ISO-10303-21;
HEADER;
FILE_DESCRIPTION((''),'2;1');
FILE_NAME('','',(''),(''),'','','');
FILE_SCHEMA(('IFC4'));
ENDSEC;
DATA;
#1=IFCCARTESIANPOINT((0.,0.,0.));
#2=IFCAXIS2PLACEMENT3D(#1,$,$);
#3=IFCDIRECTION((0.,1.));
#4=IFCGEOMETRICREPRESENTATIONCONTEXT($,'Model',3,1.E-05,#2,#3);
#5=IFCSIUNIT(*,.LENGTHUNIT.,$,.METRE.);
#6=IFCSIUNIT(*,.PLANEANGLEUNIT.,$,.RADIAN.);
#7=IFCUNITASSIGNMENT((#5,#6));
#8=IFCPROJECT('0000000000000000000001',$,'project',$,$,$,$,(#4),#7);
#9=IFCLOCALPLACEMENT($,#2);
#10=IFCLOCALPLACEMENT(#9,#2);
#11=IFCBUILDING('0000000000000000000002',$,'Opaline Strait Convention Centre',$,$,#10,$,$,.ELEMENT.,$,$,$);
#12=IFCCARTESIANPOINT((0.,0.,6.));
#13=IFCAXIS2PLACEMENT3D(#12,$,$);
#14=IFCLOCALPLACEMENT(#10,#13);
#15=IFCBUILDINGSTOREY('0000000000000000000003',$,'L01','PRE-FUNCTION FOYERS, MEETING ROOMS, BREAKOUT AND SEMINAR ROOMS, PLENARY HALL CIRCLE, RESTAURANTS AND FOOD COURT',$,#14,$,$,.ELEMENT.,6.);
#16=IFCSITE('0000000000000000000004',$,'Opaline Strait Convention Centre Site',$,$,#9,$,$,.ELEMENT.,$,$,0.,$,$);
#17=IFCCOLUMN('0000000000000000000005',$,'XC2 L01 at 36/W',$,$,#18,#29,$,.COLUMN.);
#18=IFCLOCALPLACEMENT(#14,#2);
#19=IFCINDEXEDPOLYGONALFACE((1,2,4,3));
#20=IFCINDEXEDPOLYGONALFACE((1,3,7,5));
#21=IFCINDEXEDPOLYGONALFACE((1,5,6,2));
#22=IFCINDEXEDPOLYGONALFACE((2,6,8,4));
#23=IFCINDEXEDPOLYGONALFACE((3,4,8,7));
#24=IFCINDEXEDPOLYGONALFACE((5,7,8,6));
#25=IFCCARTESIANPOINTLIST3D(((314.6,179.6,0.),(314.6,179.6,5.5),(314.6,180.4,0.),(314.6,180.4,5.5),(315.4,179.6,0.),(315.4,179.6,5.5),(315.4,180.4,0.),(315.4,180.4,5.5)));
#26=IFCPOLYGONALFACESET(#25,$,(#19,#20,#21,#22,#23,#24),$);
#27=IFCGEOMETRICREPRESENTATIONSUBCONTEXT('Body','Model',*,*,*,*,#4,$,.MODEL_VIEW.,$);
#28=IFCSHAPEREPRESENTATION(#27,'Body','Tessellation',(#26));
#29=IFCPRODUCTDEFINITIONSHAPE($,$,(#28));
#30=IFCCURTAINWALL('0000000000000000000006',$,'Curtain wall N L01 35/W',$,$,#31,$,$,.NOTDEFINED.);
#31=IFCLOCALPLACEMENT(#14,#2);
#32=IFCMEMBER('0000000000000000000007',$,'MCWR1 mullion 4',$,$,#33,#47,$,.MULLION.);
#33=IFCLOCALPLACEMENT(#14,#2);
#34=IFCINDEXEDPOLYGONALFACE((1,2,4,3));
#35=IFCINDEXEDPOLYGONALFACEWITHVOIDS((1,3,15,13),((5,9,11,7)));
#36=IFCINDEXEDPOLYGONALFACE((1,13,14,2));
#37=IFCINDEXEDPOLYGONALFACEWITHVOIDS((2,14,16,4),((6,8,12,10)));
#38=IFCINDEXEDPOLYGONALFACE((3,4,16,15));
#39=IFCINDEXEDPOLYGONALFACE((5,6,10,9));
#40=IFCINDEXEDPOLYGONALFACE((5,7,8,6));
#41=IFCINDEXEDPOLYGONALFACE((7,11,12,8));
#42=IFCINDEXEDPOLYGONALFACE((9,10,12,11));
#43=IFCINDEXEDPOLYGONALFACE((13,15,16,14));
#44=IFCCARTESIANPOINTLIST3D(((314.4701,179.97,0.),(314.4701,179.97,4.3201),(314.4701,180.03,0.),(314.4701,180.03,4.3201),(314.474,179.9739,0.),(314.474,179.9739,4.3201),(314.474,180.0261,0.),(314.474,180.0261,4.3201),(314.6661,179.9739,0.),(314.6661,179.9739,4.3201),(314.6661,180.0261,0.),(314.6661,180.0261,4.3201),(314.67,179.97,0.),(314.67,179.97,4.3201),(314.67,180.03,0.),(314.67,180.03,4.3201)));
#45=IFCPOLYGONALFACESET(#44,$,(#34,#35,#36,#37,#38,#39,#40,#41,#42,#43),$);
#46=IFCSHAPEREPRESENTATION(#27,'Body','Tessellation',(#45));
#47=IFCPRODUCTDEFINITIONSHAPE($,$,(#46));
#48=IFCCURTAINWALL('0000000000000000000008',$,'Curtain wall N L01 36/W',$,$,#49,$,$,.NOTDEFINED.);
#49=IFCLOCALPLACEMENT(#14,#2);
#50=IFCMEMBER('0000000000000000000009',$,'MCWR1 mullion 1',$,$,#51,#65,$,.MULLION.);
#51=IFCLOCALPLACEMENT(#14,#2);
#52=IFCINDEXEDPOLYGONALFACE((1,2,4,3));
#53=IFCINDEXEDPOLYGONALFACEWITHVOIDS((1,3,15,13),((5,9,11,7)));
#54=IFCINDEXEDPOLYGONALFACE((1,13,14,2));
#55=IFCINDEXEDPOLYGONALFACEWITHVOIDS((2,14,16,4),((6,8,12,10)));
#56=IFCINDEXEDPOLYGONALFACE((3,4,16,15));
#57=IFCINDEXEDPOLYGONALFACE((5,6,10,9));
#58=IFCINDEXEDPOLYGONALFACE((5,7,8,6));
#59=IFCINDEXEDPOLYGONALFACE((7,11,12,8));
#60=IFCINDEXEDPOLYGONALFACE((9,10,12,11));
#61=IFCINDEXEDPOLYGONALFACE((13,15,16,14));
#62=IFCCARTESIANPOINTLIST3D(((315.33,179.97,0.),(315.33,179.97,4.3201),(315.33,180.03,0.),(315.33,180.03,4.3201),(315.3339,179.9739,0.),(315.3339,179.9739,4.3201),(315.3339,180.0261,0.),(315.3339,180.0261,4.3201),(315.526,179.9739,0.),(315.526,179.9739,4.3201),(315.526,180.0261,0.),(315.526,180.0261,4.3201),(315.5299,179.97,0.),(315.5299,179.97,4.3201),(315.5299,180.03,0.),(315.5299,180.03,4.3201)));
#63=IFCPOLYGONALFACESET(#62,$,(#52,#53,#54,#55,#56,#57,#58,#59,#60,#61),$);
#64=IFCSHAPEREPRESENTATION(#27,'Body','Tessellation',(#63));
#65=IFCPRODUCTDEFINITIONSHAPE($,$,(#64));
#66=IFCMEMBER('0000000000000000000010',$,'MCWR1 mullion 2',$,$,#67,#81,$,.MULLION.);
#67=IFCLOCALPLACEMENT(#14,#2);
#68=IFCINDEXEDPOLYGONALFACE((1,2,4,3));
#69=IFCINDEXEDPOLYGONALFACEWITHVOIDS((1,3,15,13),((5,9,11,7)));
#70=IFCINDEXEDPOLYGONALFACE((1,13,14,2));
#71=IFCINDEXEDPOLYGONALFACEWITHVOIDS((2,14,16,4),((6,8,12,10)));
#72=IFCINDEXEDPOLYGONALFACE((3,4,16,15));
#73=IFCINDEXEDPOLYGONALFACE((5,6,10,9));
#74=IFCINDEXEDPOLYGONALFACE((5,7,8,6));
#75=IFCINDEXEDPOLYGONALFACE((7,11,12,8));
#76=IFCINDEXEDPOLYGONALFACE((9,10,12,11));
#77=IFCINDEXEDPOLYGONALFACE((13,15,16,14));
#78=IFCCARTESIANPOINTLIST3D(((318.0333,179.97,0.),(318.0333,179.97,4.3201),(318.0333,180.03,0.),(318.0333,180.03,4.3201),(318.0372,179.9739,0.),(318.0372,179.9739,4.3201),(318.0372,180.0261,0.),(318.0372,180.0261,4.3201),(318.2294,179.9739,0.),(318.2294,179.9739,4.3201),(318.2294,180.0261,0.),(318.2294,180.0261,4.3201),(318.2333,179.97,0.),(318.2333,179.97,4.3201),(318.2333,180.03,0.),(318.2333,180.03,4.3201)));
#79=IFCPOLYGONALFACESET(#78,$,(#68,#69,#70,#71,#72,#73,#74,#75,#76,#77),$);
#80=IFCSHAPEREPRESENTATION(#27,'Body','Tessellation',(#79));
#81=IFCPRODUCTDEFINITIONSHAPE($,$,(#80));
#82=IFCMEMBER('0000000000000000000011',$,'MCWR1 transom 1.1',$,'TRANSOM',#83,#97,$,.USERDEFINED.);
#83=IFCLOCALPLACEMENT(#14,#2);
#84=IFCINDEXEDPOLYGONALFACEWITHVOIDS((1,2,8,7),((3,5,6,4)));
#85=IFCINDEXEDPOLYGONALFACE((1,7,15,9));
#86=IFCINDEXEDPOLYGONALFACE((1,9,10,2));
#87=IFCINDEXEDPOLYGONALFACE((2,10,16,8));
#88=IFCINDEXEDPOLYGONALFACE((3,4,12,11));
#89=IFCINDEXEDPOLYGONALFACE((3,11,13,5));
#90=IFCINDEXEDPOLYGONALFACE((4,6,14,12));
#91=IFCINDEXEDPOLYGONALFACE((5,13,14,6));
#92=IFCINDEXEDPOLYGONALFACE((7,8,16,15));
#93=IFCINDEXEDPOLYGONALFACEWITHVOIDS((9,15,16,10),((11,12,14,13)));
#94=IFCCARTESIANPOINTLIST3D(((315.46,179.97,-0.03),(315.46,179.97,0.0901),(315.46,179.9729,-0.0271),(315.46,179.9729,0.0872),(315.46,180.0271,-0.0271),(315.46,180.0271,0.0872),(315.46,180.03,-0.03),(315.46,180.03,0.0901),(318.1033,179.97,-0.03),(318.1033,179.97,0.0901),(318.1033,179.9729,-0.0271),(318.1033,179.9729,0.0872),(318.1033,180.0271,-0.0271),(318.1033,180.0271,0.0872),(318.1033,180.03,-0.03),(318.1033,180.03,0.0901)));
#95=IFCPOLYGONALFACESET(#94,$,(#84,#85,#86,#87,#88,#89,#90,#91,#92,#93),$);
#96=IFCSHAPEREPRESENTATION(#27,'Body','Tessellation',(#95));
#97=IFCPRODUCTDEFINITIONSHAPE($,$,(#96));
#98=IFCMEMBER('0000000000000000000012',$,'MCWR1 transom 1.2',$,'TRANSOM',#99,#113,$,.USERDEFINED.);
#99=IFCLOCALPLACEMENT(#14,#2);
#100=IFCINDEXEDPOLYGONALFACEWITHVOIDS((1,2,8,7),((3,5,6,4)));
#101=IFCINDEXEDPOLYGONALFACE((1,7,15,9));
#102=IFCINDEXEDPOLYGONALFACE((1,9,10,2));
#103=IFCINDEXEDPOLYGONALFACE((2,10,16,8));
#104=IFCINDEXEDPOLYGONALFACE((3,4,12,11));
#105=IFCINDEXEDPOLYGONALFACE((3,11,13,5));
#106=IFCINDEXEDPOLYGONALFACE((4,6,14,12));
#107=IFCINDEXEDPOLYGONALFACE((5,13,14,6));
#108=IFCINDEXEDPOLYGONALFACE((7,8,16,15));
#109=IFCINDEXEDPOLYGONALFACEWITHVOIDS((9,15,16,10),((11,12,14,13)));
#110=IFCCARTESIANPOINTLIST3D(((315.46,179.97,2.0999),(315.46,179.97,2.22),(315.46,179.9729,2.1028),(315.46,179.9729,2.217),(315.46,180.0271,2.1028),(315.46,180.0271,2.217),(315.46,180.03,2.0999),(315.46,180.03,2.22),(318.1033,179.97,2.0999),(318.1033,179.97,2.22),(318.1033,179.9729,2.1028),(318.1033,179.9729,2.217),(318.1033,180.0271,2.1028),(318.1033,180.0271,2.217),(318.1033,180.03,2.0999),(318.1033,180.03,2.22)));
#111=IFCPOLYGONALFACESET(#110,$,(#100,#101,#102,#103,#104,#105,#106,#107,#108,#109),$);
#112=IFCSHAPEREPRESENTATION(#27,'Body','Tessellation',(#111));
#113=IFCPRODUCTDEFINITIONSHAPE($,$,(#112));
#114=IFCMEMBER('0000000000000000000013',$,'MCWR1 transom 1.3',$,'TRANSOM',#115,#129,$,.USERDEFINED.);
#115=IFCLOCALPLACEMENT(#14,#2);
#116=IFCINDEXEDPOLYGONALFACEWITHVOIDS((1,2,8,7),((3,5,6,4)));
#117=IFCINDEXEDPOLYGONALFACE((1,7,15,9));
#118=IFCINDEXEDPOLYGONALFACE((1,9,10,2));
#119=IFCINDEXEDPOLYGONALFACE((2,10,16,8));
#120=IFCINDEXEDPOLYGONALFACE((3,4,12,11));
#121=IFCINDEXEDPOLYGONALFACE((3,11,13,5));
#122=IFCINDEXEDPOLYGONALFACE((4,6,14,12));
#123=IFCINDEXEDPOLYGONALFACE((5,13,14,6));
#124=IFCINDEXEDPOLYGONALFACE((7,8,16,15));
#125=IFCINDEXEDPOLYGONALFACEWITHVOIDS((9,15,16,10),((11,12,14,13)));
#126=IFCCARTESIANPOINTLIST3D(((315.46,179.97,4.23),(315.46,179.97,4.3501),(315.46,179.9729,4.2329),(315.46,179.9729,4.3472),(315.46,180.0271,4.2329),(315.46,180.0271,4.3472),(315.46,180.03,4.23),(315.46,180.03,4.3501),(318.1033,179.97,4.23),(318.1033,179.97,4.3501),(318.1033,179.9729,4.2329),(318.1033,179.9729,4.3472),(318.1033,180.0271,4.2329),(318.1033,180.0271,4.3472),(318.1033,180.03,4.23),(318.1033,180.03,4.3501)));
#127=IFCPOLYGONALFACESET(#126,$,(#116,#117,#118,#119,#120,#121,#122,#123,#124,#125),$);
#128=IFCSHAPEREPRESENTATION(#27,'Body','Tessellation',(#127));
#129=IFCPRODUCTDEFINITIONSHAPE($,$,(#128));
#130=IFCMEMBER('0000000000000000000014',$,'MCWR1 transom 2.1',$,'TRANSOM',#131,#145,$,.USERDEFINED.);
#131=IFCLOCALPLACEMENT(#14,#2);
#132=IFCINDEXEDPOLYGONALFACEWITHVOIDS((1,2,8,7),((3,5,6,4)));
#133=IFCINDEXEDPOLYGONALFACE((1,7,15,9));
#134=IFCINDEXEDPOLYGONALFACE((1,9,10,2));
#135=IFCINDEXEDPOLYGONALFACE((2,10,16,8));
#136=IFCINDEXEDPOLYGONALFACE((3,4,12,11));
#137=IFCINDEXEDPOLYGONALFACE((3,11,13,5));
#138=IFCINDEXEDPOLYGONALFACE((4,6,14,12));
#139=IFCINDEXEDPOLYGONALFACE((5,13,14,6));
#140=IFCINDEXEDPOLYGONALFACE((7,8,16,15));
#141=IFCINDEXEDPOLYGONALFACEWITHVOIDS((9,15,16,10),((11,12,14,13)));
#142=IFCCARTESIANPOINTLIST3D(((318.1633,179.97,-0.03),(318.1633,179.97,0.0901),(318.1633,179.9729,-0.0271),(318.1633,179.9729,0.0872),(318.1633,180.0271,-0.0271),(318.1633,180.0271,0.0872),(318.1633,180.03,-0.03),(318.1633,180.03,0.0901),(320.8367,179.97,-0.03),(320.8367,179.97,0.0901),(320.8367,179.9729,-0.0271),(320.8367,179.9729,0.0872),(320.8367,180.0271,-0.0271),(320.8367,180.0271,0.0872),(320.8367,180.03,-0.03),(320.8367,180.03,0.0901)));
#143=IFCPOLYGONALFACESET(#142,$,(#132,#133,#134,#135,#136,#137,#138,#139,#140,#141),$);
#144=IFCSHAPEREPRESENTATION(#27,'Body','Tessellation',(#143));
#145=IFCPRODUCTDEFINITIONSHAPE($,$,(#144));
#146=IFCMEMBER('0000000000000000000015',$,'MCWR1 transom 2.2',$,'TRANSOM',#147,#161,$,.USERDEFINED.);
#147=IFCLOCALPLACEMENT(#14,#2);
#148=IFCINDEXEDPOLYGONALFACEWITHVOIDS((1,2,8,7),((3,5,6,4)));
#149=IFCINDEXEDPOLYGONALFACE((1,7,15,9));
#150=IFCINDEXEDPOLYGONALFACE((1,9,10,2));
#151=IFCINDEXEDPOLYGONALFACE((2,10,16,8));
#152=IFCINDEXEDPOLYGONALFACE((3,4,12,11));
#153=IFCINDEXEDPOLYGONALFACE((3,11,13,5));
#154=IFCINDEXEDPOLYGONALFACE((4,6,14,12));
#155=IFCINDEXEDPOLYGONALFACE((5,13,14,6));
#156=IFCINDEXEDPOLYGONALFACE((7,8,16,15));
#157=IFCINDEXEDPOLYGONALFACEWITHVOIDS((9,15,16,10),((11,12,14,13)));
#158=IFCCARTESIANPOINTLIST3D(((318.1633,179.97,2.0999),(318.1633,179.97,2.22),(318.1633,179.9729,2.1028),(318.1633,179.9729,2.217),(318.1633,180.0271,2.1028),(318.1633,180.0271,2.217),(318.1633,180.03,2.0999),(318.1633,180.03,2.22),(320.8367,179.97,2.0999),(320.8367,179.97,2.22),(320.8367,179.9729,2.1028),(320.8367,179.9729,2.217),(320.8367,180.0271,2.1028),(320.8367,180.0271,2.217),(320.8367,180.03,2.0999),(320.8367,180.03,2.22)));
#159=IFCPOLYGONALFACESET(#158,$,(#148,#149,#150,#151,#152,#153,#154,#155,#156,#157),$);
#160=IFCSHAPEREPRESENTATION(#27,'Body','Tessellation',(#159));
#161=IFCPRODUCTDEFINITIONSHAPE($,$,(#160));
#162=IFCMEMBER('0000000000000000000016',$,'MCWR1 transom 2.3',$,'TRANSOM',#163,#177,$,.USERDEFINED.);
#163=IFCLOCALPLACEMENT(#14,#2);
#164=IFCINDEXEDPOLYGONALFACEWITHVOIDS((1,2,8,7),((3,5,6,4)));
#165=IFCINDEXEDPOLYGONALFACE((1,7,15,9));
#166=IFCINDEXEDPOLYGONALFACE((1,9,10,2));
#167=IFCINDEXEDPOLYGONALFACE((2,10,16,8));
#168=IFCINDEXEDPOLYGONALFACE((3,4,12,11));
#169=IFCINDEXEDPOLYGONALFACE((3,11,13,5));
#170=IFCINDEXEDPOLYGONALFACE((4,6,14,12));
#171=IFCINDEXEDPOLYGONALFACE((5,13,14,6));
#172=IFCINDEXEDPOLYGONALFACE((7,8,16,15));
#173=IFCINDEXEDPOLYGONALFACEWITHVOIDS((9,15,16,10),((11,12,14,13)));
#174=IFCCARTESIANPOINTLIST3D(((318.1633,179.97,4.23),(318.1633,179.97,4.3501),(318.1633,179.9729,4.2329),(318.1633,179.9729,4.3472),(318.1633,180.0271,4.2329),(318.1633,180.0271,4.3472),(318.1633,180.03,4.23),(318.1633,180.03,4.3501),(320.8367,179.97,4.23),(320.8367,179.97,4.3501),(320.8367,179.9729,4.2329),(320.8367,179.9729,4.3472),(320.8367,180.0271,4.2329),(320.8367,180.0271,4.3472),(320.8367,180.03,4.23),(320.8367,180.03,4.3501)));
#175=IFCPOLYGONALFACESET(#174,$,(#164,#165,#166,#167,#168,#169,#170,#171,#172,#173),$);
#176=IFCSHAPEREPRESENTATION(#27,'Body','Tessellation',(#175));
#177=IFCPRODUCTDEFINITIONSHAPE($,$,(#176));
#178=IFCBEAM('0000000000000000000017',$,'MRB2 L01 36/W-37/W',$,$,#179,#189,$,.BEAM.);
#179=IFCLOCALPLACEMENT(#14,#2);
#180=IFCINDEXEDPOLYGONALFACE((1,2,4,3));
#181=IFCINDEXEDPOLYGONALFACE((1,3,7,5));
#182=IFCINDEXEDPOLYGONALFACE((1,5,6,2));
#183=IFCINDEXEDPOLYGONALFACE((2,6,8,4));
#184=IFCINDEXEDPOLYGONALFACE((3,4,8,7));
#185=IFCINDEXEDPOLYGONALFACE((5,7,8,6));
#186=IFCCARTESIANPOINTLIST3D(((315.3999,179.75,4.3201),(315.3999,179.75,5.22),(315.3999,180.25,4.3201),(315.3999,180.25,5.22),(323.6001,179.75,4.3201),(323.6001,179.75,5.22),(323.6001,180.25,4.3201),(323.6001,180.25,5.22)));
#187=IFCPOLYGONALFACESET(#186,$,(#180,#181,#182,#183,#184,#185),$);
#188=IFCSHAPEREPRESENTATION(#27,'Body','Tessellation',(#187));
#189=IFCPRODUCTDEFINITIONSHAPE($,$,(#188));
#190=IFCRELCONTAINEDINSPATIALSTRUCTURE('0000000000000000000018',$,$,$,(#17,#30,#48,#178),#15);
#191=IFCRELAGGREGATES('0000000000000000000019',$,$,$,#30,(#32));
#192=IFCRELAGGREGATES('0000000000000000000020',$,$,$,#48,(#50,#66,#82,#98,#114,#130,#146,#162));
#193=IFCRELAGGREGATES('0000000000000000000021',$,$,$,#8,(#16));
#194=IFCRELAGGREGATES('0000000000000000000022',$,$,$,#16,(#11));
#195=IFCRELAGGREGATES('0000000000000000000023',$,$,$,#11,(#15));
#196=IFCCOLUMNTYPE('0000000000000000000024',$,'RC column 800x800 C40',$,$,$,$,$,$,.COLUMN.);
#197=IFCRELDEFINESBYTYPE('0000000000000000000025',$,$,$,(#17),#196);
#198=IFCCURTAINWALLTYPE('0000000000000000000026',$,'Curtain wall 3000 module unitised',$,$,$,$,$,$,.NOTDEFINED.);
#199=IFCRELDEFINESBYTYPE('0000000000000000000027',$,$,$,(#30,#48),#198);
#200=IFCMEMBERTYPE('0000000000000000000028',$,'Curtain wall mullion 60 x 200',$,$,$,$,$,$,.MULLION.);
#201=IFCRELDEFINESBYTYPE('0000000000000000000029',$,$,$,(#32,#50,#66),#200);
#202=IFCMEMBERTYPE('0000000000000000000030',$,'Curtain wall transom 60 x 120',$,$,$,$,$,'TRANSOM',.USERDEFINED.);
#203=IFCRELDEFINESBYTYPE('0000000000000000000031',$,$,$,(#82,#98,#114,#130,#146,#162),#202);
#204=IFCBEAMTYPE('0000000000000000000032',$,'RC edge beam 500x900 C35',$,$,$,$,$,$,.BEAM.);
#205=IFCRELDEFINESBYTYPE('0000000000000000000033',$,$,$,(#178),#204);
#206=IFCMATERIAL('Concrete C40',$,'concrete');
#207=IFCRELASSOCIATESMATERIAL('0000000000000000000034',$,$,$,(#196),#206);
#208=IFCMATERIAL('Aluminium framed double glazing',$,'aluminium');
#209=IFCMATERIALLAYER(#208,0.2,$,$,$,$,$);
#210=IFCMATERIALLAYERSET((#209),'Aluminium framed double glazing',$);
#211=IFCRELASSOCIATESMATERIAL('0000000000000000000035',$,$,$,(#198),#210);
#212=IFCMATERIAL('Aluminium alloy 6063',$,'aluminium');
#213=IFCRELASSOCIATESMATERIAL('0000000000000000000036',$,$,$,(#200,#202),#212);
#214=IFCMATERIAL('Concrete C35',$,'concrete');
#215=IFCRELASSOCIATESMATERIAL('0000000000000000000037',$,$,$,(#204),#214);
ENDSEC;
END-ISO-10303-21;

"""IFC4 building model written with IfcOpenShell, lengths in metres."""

from ifc_helpers import new_model, si_unit, direction, frame, origin, origin_2d, place, context, subcontext, project, spatial, rectangle, hollow_rectangle, extrude, material, layer, layer_set, material_profile, profile_set, type_object, element, aggregate, save


model = new_model("IFC4")

# Units and contexts
model_context = context("Model", 3, precision=1e-05, world=origin(), true_north=direction((0.0, 1.0)))
body_context = subcontext(model_context, "Body", "Model", "MODEL_VIEW")
ifc_project = project(units=[si_unit("LENGTHUNIT", "METRE"), si_unit("PLANEANGLEUNIT", "RADIAN")], contexts=[model_context])

# Site, building, storey
site_placement = place(None, origin())
site = spatial("IfcSite", under=ifc_project, at=site_placement, Name="Opaline Strait Convention Centre Site", CompositionType="ELEMENT", RefElevation=0.0)
building_placement = place(site_placement, origin())
building = spatial("IfcBuilding", under=site, at=building_placement, Name="Opaline Strait Convention Centre", CompositionType="ELEMENT")
storey_placement = place(building_placement, frame((0.0, 0.0, 6.0)))
storey = spatial("IfcBuildingStorey", under=building, at=storey_placement, Name="L01", Description="PRE-FUNCTION FOYERS, MEETING ROOMS, BREAKOUT AND SEMINAR ROOMS, PLENARY HALL CIRCLE, RESTAURANTS AND FOOD COURT", CompositionType="ELEMENT", Elevation=6.0)

# Column
ifc_material_1 = material(Name="Concrete C40", Category="concrete")
ifc_material_profile_1 = material_profile(ifc_material_1, rectangle(XDim=0.8, YDim=0.8, at=origin_2d()), Name="RC 800x800")
ifc_profile_set_1 = profile_set([ifc_material_profile_1], Name="Concrete C40")
column_type = type_object("IfcColumnType", Name="RC column 800x800 C40", PredefinedType="COLUMN", material=ifc_profile_set_1)
column_placement = place(storey_placement, frame((315.0, 180.0, 0.0), z_axis=(0.0, 0.0, 1.0), x_axis=(1.0, 0.0, 0.0)))
element("IfcColumn", 1, at=column_placement, inside=storey, type_object=column_type, Name="XC2 L01 at 36/W", PredefinedType="COLUMN", context=body_context, shape_type="SweptSolid", body=[
    extrude(rectangle(XDim=0.8, YDim=0.8, at=origin_2d()), origin(), (0.0, 0.0, 1.0), 5.5),
])

# Curtain wall, member
ifc_material_2 = material(Name="Aluminium framed double glazing", Category="aluminium")
ifc_layer_1 = layer(ifc_material_2, 0.2)
ifc_layer_set_1 = layer_set([ifc_layer_1], Name="Aluminium framed double glazing")
curtain_wall_type = type_object("IfcCurtainWallType", Name="Curtain wall 3000 module unitised", PredefinedType="NOTDEFINED", material=ifc_layer_set_1)
curtain_wall_1_placement = place(storey_placement, origin())
curtain_wall_1 = element("IfcCurtainWall", 2, at=curtain_wall_1_placement, inside=storey, type_object=curtain_wall_type, Name="Curtain wall N L01 35/W", PredefinedType="NOTDEFINED")
ifc_material_3 = material(Name="Aluminium alloy 6063", Category="aluminium")
ifc_material_profile_2 = material_profile(ifc_material_3, hollow_rectangle(XDim=0.0601, YDim=0.2, WallThickness=0.0039, at=origin_2d()), Name="MULLION 60x200x4")
ifc_profile_set_2 = profile_set([ifc_material_profile_2], Name="Aluminium alloy 6063")
member_type_1 = type_object("IfcMemberType", Name="Curtain wall mullion 60 x 200", PredefinedType="MULLION", material=ifc_profile_set_2)
member_1_placement = place(storey_placement, frame((314.5701, 180.0, 0.0), z_axis=(0.0, 0.0, 1.0), x_axis=(0.0, 1.0, 0.0)))
member_1 = element("IfcMember", 3, at=member_1_placement, type_object=member_type_1, Name="MCWR1 mullion 4", PredefinedType="MULLION", context=body_context, shape_type="SweptSolid", body=[
    extrude(hollow_rectangle(XDim=0.0601, YDim=0.2, WallThickness=0.0039, at=origin_2d()), origin(), (0.0, 0.0, 1.0), 4.3201),
])
aggregate(curtain_wall_1, [member_1])

# Curtain wall, members
curtain_wall_2_placement = place(storey_placement, origin())
curtain_wall_2 = element("IfcCurtainWall", 4, at=curtain_wall_2_placement, inside=storey, type_object=curtain_wall_type, Name="Curtain wall N L01 36/W", PredefinedType="NOTDEFINED")
member_2_placement = place(storey_placement, frame((315.4299, 180.0, 0.0), z_axis=(0.0, 0.0, 1.0), x_axis=(0.0, 1.0, 0.0)))
member_2 = element("IfcMember", 5, at=member_2_placement, type_object=member_type_1, Name="MCWR1 mullion 1", PredefinedType="MULLION", context=body_context, shape_type="SweptSolid", body=[
    extrude(hollow_rectangle(XDim=0.0601, YDim=0.2, WallThickness=0.0039, at=origin_2d()), origin(), (0.0, 0.0, 1.0), 4.3201),
])
member_3_placement = place(storey_placement, frame((318.1333, 180.0, 0.0), z_axis=(0.0, 0.0, 1.0), x_axis=(0.0, 1.0, 0.0)))
member_3 = element("IfcMember", 6, at=member_3_placement, type_object=member_type_1, Name="MCWR1 mullion 2", PredefinedType="MULLION", context=body_context, shape_type="SweptSolid", body=[
    extrude(hollow_rectangle(XDim=0.0601, YDim=0.2, WallThickness=0.0039, at=origin_2d()), origin(), (0.0, 0.0, 1.0), 4.3201),
])
ifc_material_profile_3 = material_profile(ifc_material_3, hollow_rectangle(XDim=0.0601, YDim=0.1201, WallThickness=0.0029, at=origin_2d()), Name="TRANSOM 60x120x3")
ifc_profile_set_3 = profile_set([ifc_material_profile_3], Name="Aluminium alloy 6063")
member_type_2 = type_object("IfcMemberType", Name="Curtain wall transom 60 x 120", ElementType="TRANSOM", PredefinedType="USERDEFINED", material=ifc_profile_set_3)
member_4_placement = place(storey_placement, frame((315.46, 180.0, 0.03), z_axis=(1.0, 0.0, 0.0), x_axis=(0.0, 1.0, 0.0)))
member_4 = element("IfcMember", 7, at=member_4_placement, type_object=member_type_2, Name="MCWR1 transom 1.1", ObjectType="TRANSOM", PredefinedType="USERDEFINED", context=body_context, shape_type="SweptSolid", body=[
    extrude(hollow_rectangle(XDim=0.0601, YDim=0.1201, WallThickness=0.0029, at=origin_2d()), origin(), (0.0, 0.0, 1.0), 2.6433),
])
member_5_placement = place(storey_placement, frame((315.46, 180.0, 2.1599), z_axis=(1.0, 0.0, 0.0), x_axis=(0.0, 1.0, 0.0)))
member_5 = element("IfcMember", 8, at=member_5_placement, type_object=member_type_2, Name="MCWR1 transom 1.2", ObjectType="TRANSOM", PredefinedType="USERDEFINED", context=body_context, shape_type="SweptSolid", body=[
    extrude(hollow_rectangle(XDim=0.0601, YDim=0.1201, WallThickness=0.0029, at=origin_2d()), origin(), (0.0, 0.0, 1.0), 2.6433),
])
member_6_placement = place(storey_placement, frame((315.46, 180.0, 4.29), z_axis=(1.0, 0.0, 0.0), x_axis=(0.0, 1.0, 0.0)))
member_6 = element("IfcMember", 9, at=member_6_placement, type_object=member_type_2, Name="MCWR1 transom 1.3", ObjectType="TRANSOM", PredefinedType="USERDEFINED", context=body_context, shape_type="SweptSolid", body=[
    extrude(hollow_rectangle(XDim=0.0601, YDim=0.1201, WallThickness=0.0029, at=origin_2d()), origin(), (0.0, 0.0, 1.0), 2.6433),
])
member_7_placement = place(storey_placement, frame((318.1633, 180.0, 0.03), z_axis=(1.0, 0.0, 0.0), x_axis=(0.0, 1.0, 0.0)))
member_7 = element("IfcMember", 10, at=member_7_placement, type_object=member_type_2, Name="MCWR1 transom 2.1", ObjectType="TRANSOM", PredefinedType="USERDEFINED", context=body_context, shape_type="SweptSolid", body=[
    extrude(hollow_rectangle(XDim=0.0601, YDim=0.1201, WallThickness=0.0029, at=origin_2d()), origin(), (0.0, 0.0, 1.0), 2.6733),
])
member_8_placement = place(storey_placement, frame((318.1633, 180.0, 2.1599), z_axis=(1.0, 0.0, 0.0), x_axis=(0.0, 1.0, 0.0)))
member_8 = element("IfcMember", 11, at=member_8_placement, type_object=member_type_2, Name="MCWR1 transom 2.2", ObjectType="TRANSOM", PredefinedType="USERDEFINED", context=body_context, shape_type="SweptSolid", body=[
    extrude(hollow_rectangle(XDim=0.0601, YDim=0.1201, WallThickness=0.0029, at=origin_2d()), origin(), (0.0, 0.0, 1.0), 2.6733),
])
member_9_placement = place(storey_placement, frame((318.1633, 180.0, 4.29), z_axis=(1.0, 0.0, 0.0), x_axis=(0.0, 1.0, 0.0)))
member_9 = element("IfcMember", 12, at=member_9_placement, type_object=member_type_2, Name="MCWR1 transom 2.3", ObjectType="TRANSOM", PredefinedType="USERDEFINED", context=body_context, shape_type="SweptSolid", body=[
    extrude(hollow_rectangle(XDim=0.0601, YDim=0.1201, WallThickness=0.0029, at=origin_2d()), origin(), (0.0, 0.0, 1.0), 2.6733),
])

# Beam
ifc_material_4 = material(Name="Concrete C35", Category="concrete")
ifc_material_profile_4 = material_profile(ifc_material_4, rectangle(XDim=0.5, YDim=0.8999, at=origin_2d()), Name="RC 500x900")
ifc_profile_set_4 = profile_set([ifc_material_profile_4], Name="Concrete C35")
beam_type = type_object("IfcBeamType", Name="RC edge beam 500x900 C35", PredefinedType="BEAM", material=ifc_profile_set_4)
beam_placement = place(storey_placement, frame((315.3999, 180.0, 4.77), z_axis=(1.0, 0.0, 0.0), x_axis=(0.0, 1.0, 0.0)))
element("IfcBeam", 13, at=beam_placement, inside=storey, type_object=beam_type, Name="MRB2 L01 36/W-37/W", PredefinedType="BEAM", context=body_context, shape_type="SweptSolid", body=[
    extrude(rectangle(XDim=0.5, YDim=0.8999, at=origin_2d()), origin(), (0.0, 0.0, 1.0), 8.2002),
])

aggregate(curtain_wall_2, [member_2, member_3, member_4, member_5, member_6, member_7, member_8, member_9])

save(model, "model.ifc")
